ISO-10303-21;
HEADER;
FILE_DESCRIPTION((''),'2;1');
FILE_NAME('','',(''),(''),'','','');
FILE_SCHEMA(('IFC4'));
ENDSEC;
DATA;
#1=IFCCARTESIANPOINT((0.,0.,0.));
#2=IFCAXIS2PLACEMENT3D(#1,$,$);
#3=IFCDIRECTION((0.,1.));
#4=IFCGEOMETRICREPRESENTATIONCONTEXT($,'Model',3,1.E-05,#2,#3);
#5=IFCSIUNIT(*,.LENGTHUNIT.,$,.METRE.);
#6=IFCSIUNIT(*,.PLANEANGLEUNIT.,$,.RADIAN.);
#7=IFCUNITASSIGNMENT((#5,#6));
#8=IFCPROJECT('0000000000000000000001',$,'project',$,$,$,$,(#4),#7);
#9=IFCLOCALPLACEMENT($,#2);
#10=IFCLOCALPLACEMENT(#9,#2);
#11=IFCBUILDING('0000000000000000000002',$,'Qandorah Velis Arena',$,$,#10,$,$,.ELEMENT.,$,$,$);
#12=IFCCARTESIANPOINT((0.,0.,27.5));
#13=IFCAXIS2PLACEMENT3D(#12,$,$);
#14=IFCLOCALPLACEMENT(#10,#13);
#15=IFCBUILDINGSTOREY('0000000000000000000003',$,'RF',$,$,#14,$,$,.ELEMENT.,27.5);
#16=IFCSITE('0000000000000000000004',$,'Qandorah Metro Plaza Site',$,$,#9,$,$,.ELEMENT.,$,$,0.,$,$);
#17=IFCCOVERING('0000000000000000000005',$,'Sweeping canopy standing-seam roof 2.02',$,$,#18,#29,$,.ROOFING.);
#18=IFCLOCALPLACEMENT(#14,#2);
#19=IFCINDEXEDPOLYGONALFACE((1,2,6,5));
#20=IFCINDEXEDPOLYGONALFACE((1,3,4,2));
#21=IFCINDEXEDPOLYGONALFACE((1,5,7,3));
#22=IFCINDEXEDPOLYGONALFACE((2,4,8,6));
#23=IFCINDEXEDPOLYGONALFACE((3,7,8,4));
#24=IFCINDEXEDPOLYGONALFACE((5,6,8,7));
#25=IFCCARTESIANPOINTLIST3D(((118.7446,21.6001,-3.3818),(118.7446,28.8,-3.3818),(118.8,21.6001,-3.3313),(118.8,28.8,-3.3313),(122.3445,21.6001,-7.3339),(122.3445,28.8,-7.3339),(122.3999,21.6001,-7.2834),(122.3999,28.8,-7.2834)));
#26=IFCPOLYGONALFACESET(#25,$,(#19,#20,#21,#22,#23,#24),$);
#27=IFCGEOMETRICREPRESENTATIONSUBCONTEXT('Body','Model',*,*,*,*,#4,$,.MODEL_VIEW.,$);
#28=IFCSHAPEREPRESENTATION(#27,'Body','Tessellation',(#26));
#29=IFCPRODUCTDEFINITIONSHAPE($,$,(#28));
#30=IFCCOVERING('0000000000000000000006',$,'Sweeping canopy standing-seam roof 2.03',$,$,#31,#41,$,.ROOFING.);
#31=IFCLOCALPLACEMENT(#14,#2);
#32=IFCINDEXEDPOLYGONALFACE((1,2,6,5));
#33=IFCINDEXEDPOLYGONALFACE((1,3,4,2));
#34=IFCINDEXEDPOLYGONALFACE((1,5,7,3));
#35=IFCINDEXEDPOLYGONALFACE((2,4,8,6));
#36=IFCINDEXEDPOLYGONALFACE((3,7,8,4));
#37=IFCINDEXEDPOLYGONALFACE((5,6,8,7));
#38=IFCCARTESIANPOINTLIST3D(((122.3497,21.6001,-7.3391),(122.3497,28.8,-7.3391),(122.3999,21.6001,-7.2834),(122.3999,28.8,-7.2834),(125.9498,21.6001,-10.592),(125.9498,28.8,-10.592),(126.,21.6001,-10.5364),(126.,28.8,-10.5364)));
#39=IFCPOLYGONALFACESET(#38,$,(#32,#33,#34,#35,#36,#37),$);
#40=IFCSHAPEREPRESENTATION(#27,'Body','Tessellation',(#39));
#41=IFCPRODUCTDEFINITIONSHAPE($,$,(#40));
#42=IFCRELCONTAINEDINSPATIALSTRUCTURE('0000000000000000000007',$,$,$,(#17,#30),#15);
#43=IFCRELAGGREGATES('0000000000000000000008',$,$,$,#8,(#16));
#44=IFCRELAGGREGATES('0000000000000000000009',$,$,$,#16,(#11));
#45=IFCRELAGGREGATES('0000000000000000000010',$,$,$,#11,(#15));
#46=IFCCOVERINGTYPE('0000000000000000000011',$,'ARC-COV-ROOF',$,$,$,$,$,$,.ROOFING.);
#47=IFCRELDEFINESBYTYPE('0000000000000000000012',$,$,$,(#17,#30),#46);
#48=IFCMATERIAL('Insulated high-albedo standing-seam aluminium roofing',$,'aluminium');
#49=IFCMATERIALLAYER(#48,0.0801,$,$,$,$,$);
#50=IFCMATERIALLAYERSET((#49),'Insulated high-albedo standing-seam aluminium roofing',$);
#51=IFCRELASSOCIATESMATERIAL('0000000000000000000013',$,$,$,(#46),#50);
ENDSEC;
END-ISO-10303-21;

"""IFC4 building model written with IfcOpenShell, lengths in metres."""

from ifc_helpers import new_model, si_unit, direction, frame, origin, place, context, subcontext, project, spatial, polyline, outline, extrude, material, layer, layer_set, type_object, element, save


model = new_model("IFC4")

# Units and contexts
model_context = context("Model", 3, precision=1e-05, world=origin(), true_north=direction((0.0, 1.0)))
body_context = subcontext(model_context, "Body", "Model", "MODEL_VIEW")
ifc_project = project(units=[si_unit("LENGTHUNIT", "METRE"), si_unit("PLANEANGLEUNIT", "RADIAN")], contexts=[model_context])

# Site, building, storey
site_placement = place(None, origin())
site = spatial("IfcSite", under=ifc_project, at=site_placement, Name="Qandorah Metro Plaza Site", CompositionType="ELEMENT", RefElevation=0.0)
building_placement = place(site_placement, origin())
building = spatial("IfcBuilding", under=site, at=building_placement, Name="Qandorah Velis Arena", CompositionType="ELEMENT")
storey_placement = place(building_placement, frame((0.0, 0.0, 27.5)))
storey = spatial("IfcBuildingStorey", under=building, at=storey_placement, Name="RF", CompositionType="ELEMENT", Elevation=27.5)

# Coverings
ifc_material_1 = material(Name="Insulated high-albedo standing-seam aluminium roofing", Category="aluminium")
ifc_layer_1 = layer(ifc_material_1, 0.0801)
ifc_layer_set_1 = layer_set([ifc_layer_1], Name="Insulated high-albedo standing-seam aluminium roofing")
covering_type_1 = type_object("IfcCoveringType", Name="ARC-COV-ROOF", PredefinedType="ROOFING", material=ifc_layer_set_1)
covering_1_placement = place(storey_placement, frame((118.8, 21.6001, -3.3313), z_axis=(0.739289, 0.0, 0.673389), x_axis=(0.673389, 0.0, -0.739289)))
element("IfcCovering", 1, at=covering_1_placement, inside=storey, type_object=covering_type_1, Name="Sweeping canopy standing-seam roof 2.02", PredefinedType="ROOFING", context=body_context, shape_type="SweptSolid", body=[
    extrude(outline(polyline([(0.0, 0.0), (5.3459, 0.0), (5.3459, 7.2), (0.0, 7.2), (0.0, 0.0)])), origin(), (0.0, 0.0, -1.0), 0.075),
])
covering_2_placement = place(storey_placement, frame((122.3999, 21.6001, -7.2834), z_axis=(0.670426, 0.0, 0.741977), x_axis=(0.741977, 0.0, -0.670426)))
element("IfcCovering", 2, at=covering_2_placement, inside=storey, type_object=covering_type_1, Name="Sweeping canopy standing-seam roof 2.03", PredefinedType="ROOFING", context=body_context, shape_type="SweptSolid", body=[
    extrude(outline(polyline([(0.0, 0.0), (4.852, 0.0), (4.852, 7.2), (0.0, 7.2), (0.0, 0.0)])), origin(), (0.0, 0.0, -1.0), 0.075),
])

save(model, "model.ifc")
